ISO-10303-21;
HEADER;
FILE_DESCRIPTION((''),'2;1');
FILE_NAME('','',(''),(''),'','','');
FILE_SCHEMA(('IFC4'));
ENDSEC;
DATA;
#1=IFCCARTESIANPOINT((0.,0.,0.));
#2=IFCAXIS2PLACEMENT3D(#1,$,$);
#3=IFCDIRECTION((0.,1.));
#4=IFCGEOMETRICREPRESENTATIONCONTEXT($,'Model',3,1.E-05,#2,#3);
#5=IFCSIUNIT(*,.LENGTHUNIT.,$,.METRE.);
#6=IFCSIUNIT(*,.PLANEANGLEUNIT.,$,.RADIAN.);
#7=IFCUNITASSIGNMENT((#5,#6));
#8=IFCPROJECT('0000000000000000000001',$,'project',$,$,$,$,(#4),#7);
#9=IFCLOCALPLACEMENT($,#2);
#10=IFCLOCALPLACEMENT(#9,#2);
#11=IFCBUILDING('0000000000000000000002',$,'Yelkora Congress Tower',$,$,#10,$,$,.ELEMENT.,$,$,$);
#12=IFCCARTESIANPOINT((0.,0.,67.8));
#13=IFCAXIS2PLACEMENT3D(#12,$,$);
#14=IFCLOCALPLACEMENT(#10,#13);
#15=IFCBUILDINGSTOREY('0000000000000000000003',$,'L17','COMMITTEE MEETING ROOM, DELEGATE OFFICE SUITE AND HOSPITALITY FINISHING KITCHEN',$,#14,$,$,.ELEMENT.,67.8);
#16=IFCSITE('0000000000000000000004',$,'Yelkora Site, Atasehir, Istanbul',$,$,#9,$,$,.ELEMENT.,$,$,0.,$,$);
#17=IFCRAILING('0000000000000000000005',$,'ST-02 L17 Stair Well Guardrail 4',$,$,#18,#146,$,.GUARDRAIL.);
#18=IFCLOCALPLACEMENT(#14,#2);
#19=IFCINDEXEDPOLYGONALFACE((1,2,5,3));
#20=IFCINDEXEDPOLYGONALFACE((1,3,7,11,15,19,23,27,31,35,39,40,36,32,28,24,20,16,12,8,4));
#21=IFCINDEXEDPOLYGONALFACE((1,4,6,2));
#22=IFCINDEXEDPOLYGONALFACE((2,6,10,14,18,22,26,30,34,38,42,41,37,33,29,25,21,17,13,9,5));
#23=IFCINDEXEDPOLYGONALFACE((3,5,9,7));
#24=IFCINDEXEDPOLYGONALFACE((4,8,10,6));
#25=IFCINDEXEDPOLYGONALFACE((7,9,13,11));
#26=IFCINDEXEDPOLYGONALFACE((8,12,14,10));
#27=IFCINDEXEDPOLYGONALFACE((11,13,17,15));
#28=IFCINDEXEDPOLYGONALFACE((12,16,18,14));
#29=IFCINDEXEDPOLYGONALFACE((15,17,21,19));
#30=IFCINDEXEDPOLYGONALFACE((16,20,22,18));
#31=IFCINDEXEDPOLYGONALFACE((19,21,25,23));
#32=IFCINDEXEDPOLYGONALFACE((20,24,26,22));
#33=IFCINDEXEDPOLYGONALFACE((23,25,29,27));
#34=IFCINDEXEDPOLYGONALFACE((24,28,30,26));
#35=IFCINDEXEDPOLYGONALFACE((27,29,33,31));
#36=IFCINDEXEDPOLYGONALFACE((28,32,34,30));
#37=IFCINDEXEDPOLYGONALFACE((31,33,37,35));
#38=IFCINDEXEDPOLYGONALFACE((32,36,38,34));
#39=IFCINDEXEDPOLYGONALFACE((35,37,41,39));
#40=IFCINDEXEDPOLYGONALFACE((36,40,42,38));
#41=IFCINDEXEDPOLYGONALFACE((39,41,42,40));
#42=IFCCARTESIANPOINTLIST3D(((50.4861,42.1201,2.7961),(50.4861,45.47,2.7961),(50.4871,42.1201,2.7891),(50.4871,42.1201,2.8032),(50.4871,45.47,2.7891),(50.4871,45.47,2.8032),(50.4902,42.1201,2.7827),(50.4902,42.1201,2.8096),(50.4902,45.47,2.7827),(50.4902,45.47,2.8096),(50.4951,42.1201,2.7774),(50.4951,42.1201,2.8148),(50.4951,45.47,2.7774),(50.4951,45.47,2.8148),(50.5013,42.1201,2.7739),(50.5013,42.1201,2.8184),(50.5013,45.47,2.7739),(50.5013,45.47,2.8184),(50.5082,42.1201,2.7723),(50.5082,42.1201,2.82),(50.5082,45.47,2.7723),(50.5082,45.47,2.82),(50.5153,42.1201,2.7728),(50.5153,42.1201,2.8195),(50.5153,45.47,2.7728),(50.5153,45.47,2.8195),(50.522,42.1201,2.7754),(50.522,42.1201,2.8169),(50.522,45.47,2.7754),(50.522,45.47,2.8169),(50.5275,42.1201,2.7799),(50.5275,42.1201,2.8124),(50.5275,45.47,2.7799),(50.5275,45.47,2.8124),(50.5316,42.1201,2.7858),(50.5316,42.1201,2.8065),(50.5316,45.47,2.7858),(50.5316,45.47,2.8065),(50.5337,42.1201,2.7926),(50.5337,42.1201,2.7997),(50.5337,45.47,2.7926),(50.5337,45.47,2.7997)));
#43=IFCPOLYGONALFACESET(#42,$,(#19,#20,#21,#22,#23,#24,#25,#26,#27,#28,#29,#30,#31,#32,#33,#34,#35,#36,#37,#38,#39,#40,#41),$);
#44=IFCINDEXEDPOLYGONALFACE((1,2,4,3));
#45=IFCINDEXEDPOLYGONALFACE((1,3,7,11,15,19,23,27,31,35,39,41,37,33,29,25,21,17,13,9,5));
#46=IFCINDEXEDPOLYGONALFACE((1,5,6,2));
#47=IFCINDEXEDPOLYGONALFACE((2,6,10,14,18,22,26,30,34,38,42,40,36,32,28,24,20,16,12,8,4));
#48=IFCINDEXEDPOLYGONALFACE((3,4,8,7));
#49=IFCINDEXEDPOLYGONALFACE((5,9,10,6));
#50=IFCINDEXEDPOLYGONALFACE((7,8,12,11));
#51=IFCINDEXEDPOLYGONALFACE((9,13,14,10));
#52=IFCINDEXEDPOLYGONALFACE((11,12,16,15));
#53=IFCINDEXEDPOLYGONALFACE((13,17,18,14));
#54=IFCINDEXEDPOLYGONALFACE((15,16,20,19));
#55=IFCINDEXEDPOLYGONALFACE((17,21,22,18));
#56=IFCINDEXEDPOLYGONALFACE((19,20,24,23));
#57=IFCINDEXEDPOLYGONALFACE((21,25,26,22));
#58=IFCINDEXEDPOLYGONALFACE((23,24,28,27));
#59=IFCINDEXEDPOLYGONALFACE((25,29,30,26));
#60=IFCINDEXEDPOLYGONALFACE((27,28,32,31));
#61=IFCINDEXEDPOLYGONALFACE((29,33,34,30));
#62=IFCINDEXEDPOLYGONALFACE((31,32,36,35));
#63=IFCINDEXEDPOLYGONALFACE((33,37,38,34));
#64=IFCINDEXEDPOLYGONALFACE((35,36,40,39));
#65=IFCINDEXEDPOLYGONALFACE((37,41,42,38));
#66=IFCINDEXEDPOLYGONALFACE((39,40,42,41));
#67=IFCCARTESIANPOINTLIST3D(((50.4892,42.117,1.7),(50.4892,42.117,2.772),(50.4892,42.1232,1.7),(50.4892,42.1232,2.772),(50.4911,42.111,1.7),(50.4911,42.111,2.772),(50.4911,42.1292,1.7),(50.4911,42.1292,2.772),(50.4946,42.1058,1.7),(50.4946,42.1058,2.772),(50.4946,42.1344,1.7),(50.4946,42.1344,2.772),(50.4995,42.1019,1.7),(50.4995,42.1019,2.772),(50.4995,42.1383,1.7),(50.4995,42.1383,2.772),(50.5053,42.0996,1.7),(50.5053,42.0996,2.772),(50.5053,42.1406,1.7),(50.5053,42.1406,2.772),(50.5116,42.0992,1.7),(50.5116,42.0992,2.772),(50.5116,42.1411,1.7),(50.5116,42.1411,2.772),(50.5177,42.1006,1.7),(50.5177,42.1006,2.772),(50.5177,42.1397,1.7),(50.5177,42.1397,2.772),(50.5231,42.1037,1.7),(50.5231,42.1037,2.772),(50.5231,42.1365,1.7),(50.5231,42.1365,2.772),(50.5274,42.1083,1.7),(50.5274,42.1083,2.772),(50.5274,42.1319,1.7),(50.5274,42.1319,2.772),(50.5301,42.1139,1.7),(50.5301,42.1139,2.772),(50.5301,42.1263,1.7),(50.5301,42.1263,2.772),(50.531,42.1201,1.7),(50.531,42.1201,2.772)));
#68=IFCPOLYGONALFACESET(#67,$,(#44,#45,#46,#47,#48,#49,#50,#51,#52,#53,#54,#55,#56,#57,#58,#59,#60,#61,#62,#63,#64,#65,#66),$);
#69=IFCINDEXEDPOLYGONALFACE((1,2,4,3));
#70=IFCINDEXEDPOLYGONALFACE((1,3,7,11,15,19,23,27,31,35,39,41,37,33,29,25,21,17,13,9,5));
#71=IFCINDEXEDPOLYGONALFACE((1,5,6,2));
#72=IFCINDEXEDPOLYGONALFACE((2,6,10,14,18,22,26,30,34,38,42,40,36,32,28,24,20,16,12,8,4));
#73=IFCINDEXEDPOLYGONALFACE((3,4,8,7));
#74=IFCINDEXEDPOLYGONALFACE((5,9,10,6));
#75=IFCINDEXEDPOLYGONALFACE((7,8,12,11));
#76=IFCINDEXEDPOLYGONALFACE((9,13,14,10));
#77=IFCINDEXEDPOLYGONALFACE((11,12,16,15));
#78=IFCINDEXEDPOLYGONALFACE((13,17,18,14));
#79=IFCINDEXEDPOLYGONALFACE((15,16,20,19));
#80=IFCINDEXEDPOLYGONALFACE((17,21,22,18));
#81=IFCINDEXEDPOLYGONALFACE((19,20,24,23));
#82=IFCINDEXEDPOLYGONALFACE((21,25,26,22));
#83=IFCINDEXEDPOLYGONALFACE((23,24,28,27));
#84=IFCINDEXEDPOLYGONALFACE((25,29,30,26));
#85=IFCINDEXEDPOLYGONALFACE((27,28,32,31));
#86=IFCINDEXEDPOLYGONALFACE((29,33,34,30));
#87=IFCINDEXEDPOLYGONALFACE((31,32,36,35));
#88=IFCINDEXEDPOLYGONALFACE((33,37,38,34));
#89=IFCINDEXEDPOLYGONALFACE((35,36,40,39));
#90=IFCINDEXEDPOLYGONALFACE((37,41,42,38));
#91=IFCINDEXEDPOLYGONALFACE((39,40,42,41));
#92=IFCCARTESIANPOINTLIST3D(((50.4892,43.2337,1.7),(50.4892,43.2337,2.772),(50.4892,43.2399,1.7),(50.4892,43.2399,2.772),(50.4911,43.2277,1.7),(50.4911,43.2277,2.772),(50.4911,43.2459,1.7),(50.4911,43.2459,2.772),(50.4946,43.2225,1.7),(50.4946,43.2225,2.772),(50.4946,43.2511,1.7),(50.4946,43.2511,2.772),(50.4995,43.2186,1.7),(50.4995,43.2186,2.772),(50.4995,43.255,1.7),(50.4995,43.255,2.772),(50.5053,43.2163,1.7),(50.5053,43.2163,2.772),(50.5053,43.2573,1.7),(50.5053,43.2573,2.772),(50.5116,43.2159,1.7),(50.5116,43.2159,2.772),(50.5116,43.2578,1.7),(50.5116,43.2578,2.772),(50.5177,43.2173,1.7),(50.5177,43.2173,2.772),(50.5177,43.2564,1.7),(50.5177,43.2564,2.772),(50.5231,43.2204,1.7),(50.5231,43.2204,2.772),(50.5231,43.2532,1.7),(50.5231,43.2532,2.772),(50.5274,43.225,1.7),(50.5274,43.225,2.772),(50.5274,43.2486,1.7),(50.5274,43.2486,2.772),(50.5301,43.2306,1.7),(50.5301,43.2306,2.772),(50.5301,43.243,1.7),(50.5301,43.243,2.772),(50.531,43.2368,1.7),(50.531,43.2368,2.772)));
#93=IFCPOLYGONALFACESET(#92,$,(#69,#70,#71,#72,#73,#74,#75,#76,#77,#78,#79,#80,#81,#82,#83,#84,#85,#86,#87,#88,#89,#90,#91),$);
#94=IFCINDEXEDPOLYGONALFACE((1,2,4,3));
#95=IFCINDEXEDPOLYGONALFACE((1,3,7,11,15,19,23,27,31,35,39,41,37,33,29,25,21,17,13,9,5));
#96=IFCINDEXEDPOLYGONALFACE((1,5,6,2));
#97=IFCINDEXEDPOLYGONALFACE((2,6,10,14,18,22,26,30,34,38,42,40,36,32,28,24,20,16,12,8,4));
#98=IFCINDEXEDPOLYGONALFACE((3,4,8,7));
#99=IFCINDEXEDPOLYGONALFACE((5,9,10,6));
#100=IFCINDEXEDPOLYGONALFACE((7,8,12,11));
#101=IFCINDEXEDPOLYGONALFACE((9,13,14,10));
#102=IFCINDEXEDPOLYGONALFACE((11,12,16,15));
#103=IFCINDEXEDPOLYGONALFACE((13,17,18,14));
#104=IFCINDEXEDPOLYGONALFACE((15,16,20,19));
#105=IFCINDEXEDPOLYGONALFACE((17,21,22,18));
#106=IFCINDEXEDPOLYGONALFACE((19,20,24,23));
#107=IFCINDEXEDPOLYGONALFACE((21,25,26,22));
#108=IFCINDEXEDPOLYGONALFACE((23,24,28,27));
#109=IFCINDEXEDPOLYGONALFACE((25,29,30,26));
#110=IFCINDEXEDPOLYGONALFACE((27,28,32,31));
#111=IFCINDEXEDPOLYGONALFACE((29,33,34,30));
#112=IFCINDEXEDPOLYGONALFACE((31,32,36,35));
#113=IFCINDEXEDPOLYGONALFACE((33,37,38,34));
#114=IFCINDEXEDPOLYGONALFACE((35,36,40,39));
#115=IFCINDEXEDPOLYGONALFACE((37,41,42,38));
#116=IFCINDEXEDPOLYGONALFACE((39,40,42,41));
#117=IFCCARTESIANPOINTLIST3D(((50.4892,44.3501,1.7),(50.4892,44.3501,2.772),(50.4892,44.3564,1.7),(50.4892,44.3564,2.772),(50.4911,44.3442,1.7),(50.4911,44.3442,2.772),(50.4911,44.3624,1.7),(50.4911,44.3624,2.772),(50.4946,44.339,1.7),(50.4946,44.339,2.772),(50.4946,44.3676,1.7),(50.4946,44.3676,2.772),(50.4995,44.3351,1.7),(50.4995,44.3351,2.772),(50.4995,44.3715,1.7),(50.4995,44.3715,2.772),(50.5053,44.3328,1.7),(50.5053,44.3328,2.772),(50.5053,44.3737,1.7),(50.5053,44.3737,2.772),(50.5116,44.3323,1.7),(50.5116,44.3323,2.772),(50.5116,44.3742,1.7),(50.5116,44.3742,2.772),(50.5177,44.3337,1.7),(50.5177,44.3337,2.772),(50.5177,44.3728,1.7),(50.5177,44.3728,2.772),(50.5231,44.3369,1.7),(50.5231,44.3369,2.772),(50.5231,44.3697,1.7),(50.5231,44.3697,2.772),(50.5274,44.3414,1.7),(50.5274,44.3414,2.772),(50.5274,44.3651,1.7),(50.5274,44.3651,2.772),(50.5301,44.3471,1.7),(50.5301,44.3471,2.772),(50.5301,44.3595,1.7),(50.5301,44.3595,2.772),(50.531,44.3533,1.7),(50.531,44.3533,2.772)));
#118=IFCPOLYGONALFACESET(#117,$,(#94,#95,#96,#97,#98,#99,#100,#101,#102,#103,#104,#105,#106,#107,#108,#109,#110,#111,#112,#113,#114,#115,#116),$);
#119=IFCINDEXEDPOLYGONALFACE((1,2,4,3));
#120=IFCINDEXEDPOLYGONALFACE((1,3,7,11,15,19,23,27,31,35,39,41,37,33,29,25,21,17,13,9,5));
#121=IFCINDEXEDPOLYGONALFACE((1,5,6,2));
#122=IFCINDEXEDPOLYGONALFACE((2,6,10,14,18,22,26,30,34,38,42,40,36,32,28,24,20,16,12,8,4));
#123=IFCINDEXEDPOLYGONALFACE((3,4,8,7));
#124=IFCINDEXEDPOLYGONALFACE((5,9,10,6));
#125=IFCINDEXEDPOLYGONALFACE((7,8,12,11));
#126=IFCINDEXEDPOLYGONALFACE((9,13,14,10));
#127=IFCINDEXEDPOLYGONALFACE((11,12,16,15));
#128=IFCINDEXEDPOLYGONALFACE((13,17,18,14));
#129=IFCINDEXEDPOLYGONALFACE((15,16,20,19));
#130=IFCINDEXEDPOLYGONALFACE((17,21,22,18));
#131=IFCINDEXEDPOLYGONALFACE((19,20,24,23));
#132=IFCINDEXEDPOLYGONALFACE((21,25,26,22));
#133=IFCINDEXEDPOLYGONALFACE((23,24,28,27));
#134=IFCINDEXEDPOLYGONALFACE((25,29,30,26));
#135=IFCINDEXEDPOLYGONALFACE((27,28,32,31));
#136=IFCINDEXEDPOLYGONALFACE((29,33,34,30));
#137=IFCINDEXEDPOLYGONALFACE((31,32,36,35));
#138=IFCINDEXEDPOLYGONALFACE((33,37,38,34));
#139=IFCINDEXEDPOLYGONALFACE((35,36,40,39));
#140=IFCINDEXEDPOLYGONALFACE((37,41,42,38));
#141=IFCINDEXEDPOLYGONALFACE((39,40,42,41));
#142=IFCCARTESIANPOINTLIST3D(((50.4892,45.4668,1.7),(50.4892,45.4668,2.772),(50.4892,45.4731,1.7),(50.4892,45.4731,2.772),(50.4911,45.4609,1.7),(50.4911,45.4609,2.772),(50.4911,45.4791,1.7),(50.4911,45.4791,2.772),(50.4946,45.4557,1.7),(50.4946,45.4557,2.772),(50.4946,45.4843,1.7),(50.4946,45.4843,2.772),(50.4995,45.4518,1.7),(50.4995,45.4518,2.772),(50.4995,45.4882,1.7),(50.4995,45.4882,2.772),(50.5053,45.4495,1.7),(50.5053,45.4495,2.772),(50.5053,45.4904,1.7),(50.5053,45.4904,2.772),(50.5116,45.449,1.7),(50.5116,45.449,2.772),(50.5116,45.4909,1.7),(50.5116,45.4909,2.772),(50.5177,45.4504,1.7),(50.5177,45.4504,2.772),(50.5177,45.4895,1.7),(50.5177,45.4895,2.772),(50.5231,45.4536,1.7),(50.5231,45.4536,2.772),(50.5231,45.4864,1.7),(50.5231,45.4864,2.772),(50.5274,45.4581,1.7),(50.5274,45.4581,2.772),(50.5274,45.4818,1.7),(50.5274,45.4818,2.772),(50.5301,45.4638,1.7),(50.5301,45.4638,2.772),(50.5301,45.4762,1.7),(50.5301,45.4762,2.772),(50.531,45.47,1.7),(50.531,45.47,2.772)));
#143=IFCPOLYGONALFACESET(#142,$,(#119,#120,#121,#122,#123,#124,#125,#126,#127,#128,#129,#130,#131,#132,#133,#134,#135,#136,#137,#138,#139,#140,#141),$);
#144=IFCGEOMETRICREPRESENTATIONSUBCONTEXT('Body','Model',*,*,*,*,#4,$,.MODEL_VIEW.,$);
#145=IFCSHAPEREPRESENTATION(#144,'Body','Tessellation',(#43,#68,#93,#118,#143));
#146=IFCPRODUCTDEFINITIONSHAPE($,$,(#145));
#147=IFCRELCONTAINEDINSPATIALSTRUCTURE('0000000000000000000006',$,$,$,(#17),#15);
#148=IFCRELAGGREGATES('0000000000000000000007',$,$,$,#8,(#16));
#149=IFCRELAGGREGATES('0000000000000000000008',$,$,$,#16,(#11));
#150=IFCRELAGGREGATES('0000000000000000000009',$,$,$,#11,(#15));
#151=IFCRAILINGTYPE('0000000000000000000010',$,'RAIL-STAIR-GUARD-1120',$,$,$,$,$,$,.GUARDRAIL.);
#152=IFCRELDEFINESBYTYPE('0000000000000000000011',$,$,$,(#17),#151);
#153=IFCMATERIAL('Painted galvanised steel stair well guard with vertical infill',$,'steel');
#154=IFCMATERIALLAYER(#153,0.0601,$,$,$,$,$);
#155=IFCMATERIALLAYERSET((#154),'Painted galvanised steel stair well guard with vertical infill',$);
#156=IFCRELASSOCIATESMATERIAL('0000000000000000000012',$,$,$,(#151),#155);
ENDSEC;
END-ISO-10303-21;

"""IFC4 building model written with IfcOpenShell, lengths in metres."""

from ifc_helpers import new_model, si_unit, direction, frame, origin, origin_2d, place, context, subcontext, project, spatial, circle, extrude, material, layer, layer_set, type_object, element, save


model = new_model("IFC4")

# Units and contexts
model_context = context("Model", 3, precision=1e-05, world=origin(), true_north=direction((0.0, 1.0)))
body_context = subcontext(model_context, "Body", "Model", "MODEL_VIEW")
ifc_project = project(units=[si_unit("LENGTHUNIT", "METRE"), si_unit("PLANEANGLEUNIT", "RADIAN")], contexts=[model_context])

# Site, building, storey
site_placement = place(None, origin())
site = spatial("IfcSite", under=ifc_project, at=site_placement, Name="Yelkora Site, Atasehir, Istanbul", CompositionType="ELEMENT", RefElevation=0.0)
building_placement = place(site_placement, origin())
building = spatial("IfcBuilding", under=site, at=building_placement, Name="Yelkora Congress Tower", CompositionType="ELEMENT")
storey_placement = place(building_placement, frame((0.0, 0.0, 67.8)))
storey = spatial("IfcBuildingStorey", under=building, at=storey_placement, Name="L17", Description="COMMITTEE MEETING ROOM, DELEGATE OFFICE SUITE AND HOSPITALITY FINISHING KITCHEN", CompositionType="ELEMENT", Elevation=67.8)

# Railing
ifc_material_1 = material(Name="Painted galvanised steel stair well guard with vertical infill", Category="steel")
ifc_layer_1 = layer(ifc_material_1, 0.0601)
ifc_layer_set_1 = layer_set([ifc_layer_1], Name="Painted galvanised steel stair well guard with vertical infill")
railing_type_1 = type_object("IfcRailingType", Name="RAIL-STAIR-GUARD-1120", PredefinedType="GUARDRAIL", material=ifc_layer_set_1)
railing_1_placement = place(storey_placement, frame((50.51, 42.1201, 1.7)))
element("IfcRailing", 1, at=railing_1_placement, inside=storey, type_object=railing_type_1, Name="ST-02 L17 Stair Well Guardrail 4", PredefinedType="GUARDRAIL", context=body_context, shape_type="SweptSolid", body=[
    extrude(circle(Radius=0.0239, at=origin_2d()), frame((0.0, 0.0, 1.0962), z_axis=(0.0, 1.0, 0.0), x_axis=(-1.0, 0.0, 0.0)), (0.0, 0.0, 1.0), 3.3499),
    extrude(circle(Radius=0.021, at=origin_2d()), origin(), (0.0, 0.0, 1.0), 1.072),
    extrude(circle(Radius=0.021, at=origin_2d()), frame((0.0, 1.1167, 0.0)), (0.0, 0.0, 1.0), 1.072),
    extrude(circle(Radius=0.021, at=origin_2d()), frame((0.0, 2.2332, 0.0)), (0.0, 0.0, 1.0), 1.072),
    extrude(circle(Radius=0.021, at=origin_2d()), frame((0.0, 3.3499, 0.0)), (0.0, 0.0, 1.0), 1.072),
])

save(model, "model.ifc")
